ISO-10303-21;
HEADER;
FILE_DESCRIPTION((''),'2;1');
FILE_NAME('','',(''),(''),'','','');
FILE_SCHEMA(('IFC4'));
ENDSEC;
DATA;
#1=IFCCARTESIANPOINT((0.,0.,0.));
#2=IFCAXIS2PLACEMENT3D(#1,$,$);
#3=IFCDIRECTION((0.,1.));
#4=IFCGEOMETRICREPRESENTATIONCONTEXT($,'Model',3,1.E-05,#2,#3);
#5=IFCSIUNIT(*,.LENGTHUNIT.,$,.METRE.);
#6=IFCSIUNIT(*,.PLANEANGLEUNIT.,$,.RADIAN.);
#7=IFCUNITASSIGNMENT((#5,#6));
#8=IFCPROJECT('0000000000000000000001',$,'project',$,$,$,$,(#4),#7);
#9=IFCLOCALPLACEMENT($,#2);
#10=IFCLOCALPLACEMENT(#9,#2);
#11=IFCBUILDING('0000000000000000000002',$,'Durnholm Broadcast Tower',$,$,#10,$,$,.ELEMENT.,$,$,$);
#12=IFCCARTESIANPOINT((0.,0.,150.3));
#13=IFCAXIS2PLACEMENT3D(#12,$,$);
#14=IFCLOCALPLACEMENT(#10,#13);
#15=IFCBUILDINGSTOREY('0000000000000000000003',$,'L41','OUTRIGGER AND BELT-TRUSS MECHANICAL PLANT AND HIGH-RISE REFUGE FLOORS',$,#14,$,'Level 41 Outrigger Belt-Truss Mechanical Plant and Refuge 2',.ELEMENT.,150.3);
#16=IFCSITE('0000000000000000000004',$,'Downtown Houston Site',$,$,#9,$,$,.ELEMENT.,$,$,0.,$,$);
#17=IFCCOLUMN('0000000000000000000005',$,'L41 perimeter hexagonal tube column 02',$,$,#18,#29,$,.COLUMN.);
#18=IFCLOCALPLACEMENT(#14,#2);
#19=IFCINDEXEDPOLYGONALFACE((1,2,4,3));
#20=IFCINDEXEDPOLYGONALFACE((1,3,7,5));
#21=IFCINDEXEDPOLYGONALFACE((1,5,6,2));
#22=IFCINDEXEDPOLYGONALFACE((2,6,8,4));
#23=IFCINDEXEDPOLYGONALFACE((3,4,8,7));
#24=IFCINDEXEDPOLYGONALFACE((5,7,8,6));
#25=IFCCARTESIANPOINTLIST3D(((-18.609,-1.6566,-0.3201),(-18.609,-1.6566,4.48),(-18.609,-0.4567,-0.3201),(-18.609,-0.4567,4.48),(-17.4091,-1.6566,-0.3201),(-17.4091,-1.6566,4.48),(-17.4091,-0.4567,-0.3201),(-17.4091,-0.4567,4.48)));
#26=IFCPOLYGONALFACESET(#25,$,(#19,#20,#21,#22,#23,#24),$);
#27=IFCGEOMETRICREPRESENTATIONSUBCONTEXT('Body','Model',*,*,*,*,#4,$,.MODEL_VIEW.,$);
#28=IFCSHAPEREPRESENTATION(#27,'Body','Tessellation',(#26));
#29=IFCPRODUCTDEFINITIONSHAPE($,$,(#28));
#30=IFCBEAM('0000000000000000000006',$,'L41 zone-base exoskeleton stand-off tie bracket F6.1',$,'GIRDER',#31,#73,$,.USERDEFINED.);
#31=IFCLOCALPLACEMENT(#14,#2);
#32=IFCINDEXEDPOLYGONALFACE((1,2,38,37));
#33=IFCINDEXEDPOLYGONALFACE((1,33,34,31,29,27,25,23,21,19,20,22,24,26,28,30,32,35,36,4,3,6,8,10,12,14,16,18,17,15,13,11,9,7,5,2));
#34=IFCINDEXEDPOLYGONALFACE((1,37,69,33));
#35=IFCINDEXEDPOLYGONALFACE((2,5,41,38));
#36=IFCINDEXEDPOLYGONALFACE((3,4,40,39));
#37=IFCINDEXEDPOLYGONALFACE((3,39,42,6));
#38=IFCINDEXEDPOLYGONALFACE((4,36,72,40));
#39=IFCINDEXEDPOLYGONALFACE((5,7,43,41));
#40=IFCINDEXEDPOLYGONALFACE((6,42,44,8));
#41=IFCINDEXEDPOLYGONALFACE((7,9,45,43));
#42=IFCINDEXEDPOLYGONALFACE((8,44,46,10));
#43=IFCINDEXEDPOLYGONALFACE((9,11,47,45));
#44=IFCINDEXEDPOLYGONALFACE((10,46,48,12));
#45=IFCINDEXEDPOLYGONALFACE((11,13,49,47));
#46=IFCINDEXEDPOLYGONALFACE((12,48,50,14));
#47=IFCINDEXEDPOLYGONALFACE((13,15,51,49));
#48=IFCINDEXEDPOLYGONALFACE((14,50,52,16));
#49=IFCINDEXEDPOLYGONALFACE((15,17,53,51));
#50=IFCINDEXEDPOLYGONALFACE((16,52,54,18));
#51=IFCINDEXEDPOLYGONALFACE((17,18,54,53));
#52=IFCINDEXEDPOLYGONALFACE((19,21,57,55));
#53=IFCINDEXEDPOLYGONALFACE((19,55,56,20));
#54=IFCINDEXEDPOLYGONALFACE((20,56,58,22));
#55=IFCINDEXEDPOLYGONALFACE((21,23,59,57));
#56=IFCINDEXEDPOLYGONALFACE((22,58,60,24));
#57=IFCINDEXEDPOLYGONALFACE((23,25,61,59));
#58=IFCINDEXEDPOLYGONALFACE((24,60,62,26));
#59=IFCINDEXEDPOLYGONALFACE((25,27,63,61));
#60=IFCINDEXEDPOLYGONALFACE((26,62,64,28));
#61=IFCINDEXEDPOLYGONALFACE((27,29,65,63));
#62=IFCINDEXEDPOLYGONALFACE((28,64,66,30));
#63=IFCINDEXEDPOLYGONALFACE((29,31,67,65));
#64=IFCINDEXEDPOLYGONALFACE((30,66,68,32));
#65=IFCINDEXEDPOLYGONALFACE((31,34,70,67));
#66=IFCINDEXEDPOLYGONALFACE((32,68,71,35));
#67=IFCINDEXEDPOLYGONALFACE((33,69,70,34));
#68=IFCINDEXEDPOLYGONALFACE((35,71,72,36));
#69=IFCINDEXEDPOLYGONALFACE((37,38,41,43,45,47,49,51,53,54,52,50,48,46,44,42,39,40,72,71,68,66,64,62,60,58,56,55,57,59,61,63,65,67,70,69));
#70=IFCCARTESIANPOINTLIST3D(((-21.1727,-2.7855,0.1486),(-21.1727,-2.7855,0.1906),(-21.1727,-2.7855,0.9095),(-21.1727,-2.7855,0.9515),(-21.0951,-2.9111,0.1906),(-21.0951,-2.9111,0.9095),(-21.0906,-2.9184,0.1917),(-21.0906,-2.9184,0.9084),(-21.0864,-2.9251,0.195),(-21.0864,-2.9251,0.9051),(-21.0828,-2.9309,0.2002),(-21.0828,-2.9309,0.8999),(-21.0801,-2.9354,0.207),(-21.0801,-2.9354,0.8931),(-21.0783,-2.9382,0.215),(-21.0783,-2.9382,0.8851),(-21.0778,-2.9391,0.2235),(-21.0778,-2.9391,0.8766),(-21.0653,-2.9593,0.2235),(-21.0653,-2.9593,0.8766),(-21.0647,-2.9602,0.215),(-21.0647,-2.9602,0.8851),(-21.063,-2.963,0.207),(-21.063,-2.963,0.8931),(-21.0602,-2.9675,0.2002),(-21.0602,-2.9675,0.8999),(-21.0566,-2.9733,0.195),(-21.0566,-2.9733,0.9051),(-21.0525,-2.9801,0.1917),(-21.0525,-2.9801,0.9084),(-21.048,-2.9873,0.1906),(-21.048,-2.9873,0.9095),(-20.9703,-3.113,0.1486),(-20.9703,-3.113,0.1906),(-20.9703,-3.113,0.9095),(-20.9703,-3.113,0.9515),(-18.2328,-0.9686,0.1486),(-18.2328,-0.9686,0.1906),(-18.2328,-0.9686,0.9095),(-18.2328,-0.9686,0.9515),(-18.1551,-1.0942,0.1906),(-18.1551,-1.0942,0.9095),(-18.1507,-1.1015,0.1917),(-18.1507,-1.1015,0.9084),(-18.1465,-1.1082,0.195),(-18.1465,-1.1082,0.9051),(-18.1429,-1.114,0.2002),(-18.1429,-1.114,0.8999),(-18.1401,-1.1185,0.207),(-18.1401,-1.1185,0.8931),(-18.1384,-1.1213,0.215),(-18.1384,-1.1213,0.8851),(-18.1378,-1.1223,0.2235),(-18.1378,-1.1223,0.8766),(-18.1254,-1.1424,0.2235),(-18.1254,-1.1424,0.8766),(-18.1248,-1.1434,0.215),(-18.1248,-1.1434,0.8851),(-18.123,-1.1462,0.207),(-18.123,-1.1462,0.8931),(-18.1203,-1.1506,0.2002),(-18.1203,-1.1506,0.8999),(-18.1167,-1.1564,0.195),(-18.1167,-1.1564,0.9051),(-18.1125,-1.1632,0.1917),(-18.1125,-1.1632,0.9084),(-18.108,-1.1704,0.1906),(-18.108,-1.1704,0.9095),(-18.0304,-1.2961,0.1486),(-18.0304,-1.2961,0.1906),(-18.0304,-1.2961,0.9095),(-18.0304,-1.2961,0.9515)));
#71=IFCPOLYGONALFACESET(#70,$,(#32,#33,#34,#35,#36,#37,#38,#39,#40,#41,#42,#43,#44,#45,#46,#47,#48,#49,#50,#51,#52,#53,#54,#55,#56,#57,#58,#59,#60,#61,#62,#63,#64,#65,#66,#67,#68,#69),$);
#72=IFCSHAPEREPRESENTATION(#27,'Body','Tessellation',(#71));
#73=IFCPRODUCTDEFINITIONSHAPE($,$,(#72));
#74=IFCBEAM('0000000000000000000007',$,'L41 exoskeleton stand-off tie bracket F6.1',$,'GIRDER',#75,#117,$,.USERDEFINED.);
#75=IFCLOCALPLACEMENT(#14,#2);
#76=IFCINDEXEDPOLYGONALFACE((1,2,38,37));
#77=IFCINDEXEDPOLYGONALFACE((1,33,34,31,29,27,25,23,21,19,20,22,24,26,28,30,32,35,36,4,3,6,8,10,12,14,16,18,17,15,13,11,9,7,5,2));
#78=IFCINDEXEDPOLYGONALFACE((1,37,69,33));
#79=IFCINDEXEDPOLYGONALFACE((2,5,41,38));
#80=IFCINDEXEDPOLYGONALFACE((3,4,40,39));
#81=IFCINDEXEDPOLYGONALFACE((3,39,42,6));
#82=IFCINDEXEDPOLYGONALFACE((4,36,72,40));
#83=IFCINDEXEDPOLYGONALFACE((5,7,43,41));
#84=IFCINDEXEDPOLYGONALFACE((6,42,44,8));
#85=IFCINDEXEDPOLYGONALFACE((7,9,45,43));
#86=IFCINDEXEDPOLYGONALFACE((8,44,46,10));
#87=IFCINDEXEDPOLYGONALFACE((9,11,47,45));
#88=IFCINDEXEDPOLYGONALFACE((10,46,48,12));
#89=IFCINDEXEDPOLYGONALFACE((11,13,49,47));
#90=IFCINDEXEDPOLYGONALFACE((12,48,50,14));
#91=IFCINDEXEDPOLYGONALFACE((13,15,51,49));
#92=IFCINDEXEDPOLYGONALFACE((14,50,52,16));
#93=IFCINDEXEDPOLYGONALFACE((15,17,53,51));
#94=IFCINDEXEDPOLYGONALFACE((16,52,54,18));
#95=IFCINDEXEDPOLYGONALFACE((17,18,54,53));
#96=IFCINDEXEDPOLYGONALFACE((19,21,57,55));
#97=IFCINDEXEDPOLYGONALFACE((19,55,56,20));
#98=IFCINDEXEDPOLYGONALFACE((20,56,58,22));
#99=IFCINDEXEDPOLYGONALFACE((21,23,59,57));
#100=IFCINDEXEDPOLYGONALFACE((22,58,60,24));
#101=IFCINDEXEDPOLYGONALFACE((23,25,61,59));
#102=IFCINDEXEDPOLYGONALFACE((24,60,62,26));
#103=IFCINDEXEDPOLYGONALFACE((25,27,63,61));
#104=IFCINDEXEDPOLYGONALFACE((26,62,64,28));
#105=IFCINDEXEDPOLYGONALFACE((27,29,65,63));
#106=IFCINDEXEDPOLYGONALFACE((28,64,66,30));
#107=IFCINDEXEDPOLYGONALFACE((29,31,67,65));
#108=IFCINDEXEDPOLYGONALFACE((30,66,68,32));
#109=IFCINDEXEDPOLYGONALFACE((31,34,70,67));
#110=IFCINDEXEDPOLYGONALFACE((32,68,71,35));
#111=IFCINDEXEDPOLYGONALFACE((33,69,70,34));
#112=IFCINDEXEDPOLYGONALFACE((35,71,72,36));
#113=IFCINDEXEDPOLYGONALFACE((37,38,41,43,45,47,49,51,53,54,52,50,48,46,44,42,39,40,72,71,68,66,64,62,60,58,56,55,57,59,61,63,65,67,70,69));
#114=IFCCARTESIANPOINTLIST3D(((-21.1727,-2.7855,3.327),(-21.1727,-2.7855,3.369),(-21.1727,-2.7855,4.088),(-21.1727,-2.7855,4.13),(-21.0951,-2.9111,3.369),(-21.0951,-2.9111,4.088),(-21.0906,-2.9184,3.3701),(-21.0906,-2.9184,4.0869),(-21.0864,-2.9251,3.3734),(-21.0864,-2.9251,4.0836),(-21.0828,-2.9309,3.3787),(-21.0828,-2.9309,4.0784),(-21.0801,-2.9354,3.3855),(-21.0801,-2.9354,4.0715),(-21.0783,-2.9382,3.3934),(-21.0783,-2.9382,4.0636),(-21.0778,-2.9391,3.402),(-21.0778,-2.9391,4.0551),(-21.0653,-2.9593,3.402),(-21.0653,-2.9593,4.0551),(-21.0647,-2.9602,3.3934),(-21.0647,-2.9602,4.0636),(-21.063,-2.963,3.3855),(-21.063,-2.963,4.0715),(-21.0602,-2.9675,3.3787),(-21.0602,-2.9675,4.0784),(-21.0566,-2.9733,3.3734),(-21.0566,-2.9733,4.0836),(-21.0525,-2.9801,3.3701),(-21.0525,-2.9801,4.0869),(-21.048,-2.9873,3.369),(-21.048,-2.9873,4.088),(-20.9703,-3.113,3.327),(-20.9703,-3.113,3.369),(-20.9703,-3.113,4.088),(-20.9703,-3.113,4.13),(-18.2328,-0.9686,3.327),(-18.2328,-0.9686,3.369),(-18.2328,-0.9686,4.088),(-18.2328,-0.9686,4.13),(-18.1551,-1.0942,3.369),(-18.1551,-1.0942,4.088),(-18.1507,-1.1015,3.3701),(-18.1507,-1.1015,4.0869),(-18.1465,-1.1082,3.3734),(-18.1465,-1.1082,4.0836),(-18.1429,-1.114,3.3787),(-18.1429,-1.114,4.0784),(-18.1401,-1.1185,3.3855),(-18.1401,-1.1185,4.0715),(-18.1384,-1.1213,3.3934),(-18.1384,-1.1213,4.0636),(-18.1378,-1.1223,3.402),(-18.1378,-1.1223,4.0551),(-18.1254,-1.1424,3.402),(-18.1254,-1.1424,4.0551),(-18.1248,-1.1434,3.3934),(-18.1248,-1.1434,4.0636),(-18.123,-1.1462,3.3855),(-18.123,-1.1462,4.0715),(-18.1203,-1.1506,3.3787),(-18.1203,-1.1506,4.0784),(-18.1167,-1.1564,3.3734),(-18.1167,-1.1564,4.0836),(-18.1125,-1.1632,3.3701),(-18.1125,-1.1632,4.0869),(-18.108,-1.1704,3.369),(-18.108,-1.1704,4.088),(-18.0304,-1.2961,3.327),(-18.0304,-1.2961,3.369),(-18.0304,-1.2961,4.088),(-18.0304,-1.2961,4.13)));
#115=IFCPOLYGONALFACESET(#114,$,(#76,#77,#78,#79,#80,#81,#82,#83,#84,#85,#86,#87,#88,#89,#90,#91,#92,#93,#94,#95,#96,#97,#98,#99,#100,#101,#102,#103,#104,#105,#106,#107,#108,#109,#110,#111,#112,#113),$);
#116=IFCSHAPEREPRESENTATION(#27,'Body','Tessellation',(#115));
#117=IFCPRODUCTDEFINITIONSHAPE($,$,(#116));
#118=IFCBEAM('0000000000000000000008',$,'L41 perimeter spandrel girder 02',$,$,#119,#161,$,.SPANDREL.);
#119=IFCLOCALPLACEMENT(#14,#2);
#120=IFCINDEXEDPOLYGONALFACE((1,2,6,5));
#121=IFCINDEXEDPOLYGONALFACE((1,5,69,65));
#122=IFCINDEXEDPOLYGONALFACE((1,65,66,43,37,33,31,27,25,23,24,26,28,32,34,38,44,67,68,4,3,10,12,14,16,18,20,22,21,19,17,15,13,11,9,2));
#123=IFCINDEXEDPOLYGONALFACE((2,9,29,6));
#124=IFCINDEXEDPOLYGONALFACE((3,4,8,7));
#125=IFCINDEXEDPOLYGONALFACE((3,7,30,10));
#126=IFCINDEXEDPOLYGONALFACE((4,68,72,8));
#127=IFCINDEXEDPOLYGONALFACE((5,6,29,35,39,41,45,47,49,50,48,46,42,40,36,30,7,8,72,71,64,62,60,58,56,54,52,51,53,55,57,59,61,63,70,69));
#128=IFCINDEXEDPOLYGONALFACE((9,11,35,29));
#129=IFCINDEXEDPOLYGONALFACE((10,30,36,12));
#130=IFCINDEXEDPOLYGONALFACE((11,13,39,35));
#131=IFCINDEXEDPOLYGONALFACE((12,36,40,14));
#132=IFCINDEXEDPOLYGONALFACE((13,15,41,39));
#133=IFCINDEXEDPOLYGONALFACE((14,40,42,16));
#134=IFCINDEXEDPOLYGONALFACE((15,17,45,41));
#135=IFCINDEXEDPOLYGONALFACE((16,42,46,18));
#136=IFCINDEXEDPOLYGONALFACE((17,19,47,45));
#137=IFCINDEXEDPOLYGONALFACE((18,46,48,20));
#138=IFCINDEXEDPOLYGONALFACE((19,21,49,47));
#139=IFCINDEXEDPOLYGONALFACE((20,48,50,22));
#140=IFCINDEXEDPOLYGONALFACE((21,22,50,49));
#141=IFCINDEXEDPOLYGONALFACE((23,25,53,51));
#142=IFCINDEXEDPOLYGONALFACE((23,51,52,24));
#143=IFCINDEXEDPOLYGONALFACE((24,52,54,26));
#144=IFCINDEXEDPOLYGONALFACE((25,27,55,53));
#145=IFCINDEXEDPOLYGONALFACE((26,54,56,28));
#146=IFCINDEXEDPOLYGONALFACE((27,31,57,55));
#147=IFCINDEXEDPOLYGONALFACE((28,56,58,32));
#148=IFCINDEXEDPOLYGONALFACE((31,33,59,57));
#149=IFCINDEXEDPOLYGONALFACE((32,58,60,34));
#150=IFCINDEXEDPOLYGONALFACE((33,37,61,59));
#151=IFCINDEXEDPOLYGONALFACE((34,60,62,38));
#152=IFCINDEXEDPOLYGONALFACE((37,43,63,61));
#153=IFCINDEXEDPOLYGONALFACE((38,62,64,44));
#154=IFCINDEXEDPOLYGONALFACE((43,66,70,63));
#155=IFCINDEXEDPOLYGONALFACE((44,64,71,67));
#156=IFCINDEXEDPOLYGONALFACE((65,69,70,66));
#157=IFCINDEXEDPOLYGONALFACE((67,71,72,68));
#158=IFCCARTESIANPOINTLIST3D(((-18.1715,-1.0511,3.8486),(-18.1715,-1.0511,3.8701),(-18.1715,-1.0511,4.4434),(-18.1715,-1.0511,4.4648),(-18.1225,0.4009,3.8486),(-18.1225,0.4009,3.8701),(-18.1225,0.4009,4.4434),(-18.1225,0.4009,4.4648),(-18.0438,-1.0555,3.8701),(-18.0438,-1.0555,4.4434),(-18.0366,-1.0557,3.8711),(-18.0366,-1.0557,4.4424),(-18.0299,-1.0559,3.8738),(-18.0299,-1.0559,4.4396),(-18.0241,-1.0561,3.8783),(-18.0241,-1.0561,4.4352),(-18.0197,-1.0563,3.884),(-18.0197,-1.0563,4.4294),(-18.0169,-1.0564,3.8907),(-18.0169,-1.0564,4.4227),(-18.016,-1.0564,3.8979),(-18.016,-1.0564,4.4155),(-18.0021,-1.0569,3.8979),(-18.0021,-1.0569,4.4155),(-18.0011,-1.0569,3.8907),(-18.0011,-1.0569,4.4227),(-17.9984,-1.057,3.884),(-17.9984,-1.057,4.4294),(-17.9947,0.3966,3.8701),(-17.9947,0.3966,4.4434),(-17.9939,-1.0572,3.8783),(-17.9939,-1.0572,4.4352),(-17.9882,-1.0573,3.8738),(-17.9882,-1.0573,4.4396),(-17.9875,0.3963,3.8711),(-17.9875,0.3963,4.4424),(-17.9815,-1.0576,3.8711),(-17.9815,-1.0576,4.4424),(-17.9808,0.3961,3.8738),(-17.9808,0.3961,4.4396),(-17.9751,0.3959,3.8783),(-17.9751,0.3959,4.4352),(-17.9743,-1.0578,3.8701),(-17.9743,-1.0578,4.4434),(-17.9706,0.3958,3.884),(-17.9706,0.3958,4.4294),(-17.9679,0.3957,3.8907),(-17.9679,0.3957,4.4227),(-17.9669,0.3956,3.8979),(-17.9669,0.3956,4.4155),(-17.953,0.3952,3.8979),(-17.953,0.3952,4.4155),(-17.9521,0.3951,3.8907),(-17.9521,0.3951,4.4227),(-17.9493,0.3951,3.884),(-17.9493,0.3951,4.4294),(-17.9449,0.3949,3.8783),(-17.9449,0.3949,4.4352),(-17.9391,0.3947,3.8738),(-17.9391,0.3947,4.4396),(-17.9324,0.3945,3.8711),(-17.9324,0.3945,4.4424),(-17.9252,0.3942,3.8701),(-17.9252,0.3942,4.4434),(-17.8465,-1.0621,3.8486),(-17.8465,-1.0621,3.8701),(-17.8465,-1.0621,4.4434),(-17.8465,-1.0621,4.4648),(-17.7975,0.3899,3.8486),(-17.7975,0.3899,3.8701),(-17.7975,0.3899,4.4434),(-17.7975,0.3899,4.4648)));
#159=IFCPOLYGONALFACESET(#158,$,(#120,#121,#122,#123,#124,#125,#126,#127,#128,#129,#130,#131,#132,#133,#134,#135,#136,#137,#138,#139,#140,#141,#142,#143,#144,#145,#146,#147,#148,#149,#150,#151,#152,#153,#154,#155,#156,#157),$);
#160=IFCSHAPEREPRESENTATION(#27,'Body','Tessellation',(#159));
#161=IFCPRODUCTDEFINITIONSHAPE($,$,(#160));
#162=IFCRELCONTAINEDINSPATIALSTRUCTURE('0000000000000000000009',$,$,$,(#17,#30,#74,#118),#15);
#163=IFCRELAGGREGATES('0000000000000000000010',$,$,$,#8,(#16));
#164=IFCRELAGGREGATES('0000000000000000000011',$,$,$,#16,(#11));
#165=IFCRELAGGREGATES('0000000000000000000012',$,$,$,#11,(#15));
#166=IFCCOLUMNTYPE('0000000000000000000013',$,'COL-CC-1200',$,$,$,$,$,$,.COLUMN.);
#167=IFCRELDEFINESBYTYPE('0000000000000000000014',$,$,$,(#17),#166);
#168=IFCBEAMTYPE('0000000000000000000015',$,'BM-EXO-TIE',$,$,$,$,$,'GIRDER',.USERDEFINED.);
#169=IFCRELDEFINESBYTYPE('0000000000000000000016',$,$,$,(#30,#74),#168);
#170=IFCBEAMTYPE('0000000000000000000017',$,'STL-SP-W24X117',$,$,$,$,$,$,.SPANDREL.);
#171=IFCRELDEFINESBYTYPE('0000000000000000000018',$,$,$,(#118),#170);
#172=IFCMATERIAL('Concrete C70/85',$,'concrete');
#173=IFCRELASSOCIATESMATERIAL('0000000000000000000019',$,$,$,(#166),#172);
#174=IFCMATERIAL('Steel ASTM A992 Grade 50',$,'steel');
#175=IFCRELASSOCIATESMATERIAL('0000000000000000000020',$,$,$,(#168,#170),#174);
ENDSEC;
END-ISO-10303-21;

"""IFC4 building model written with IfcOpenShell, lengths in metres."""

from ifc_helpers import new_model, si_unit, direction, frame, origin, origin_2d, place, context, subcontext, project, spatial, rectangle, i_section, extrude, source, transform, mapped, material, material_profile, profile_set, type_object, type_shapes, element, save


model = new_model("IFC4")

# Units and contexts
model_context = context("Model", 3, precision=1e-05, world=origin(), true_north=direction((0.0, 1.0)))
body_context = subcontext(model_context, "Body", "Model", "MODEL_VIEW")
ifc_project = project(units=[si_unit("LENGTHUNIT", "METRE"), si_unit("PLANEANGLEUNIT", "RADIAN")], contexts=[model_context])

# Site, building, storey
site_placement = place(None, origin())
site = spatial("IfcSite", under=ifc_project, at=site_placement, Name="Downtown Houston Site", CompositionType="ELEMENT", RefElevation=0.0)
building_placement = place(site_placement, origin())
building = spatial("IfcBuilding", under=site, at=building_placement, Name="Durnholm Broadcast Tower", CompositionType="ELEMENT")
storey_placement = place(building_placement, frame((0.0, 0.0, 150.3)))
storey = spatial("IfcBuildingStorey", under=building, at=storey_placement, Name="L41", Description="OUTRIGGER AND BELT-TRUSS MECHANICAL PLANT AND HIGH-RISE REFUGE FLOORS", LongName="Level 41 Outrigger Belt-Truss Mechanical Plant and Refuge 2", CompositionType="ELEMENT", Elevation=150.3)

# Column
ifc_material_1 = material(Name="Concrete C70/85", Category="concrete")
ifc_material_profile_1 = material_profile(ifc_material_1, rectangle(XDim=1.2, YDim=1.2, at=origin_2d()), Name="RC1200X1200")
ifc_profile_set_1 = profile_set([ifc_material_profile_1], Name="Concrete C70/85")
column_type = type_object("IfcColumnType", Name="COL-CC-1200", PredefinedType="COLUMN", material=ifc_profile_set_1)
shared_shape_1 = source(origin(), body_context, "Body", "SweptSolid", [
    extrude(rectangle(XDim=1.2, YDim=1.2, at=origin_2d()), origin(), (0.0, 0.0, 1.0), 4.8),
])
type_shapes(column_type, [shared_shape_1])
column_placement = place(storey_placement, frame((-18.009, -1.0566, -0.3201), z_axis=(0.0, 0.0, 1.0), x_axis=(1.0, 0.0, 0.0)))
element("IfcColumn", 1, at=column_placement, inside=storey, type_object=column_type, Name="L41 perimeter hexagonal tube column 02", PredefinedType="COLUMN", context=body_context, shape_type="MappedRepresentation", body=[
    mapped(shared_shape_1, transform((0.0, 0.0, 0.0), x_axis=(1.0, 0.0, 0.0), y_axis=(0.0, 1.0, 0.0), z_axis=(0.0, 0.0, 1.0), scale=1.0)),
])

# Beams
ifc_material_2 = material(Name="Steel ASTM A992 Grade 50", Category="steel")
ifc_material_profile_2 = material_profile(ifc_material_2, i_section(OverallWidth=0.385, OverallDepth=0.803, WebThickness=0.0237, FlangeThickness=0.042, FilletRadius=0.033, at=origin_2d()), Name="W30X261")
ifc_profile_set_2 = profile_set([ifc_material_profile_2], Name="Steel ASTM A992 Grade 50")
beam_type_1 = type_object("IfcBeamType", Name="BM-EXO-TIE", ElementType="GIRDER", PredefinedType="USERDEFINED", material=ifc_profile_set_2)
shared_shape_2 = source(origin(), body_context, "Body", "SweptSolid", [
    extrude(i_section(OverallWidth=0.385, OverallDepth=0.803, WebThickness=0.0237, FlangeThickness=0.042, FilletRadius=0.033, at=origin_2d()), origin(), (0.0, 0.0, 1.0), 3.4561),
])
for number, where, z_axis, x_axis, name in (
    (2, (-18.1316, -1.1323, 0.55), (-0.850662, -0.525712, 0.0), (0.525712, -0.850662, 0.0), "L41 zone-base exoskeleton stand-off tie bracket F6.1"),
    (3, (-18.1316, -1.1323, 3.7285), (-0.850662, -0.525712, 0.0), (0.525712, -0.850662, 0.0), "L41 exoskeleton stand-off tie bracket F6.1"),
):
    element("IfcBeam", number, at=place(storey_placement, frame(where, z_axis=z_axis, x_axis=x_axis)), inside=storey, type_object=beam_type_1, Name=name, ObjectType="GIRDER", PredefinedType="USERDEFINED", context=body_context, shape_type="MappedRepresentation", body=[
        mapped(shared_shape_2, transform((0.0, 0.0, 0.0), x_axis=(1.0, 0.0, 0.0), y_axis=(0.0, 1.0, 0.0), z_axis=(0.0, 0.0, 1.0), scale=1.0)),
    ])
ifc_material_profile_3 = material_profile(ifc_material_2, i_section(OverallWidth=0.3252, OverallDepth=0.6162, WebThickness=0.0139, FlangeThickness=0.0215, FilletRadius=0.0278, at=origin_2d()), Name="W24X117")
ifc_profile_set_3 = profile_set([ifc_material_profile_3], Name="Steel ASTM A992 Grade 50")
beam_type_2 = type_object("IfcBeamType", Name="STL-SP-W24X117", PredefinedType="SPANDREL", material=ifc_profile_set_3)
shared_shape_3 = source(origin(), body_context, "Body", "SweptSolid", [
    extrude(i_section(OverallWidth=0.3252, OverallDepth=0.6162, WebThickness=0.0139, FlangeThickness=0.0215, FilletRadius=0.0278, at=origin_2d()), origin(), (0.0, 0.0, 1.0), 1.4529),
])
type_shapes(beam_type_2, [shared_shape_3])
beam_placement = place(storey_placement, frame((-18.009, -1.0566, 4.1567), z_axis=(0.033774, 0.99943, 0.0), x_axis=(-0.99943, 0.033774, 0.0)))
element("IfcBeam", 4, at=beam_placement, inside=storey, type_object=beam_type_2, Name="L41 perimeter spandrel girder 02", PredefinedType="SPANDREL", context=body_context, shape_type="MappedRepresentation", body=[
    mapped(shared_shape_3, transform((0.0, 0.0, 0.0), x_axis=(1.0, 0.0, 0.0), y_axis=(0.0, 1.0, 0.0), z_axis=(0.0, 0.0, 1.0), scale=1.0)),
])

save(model, "model.ifc")
